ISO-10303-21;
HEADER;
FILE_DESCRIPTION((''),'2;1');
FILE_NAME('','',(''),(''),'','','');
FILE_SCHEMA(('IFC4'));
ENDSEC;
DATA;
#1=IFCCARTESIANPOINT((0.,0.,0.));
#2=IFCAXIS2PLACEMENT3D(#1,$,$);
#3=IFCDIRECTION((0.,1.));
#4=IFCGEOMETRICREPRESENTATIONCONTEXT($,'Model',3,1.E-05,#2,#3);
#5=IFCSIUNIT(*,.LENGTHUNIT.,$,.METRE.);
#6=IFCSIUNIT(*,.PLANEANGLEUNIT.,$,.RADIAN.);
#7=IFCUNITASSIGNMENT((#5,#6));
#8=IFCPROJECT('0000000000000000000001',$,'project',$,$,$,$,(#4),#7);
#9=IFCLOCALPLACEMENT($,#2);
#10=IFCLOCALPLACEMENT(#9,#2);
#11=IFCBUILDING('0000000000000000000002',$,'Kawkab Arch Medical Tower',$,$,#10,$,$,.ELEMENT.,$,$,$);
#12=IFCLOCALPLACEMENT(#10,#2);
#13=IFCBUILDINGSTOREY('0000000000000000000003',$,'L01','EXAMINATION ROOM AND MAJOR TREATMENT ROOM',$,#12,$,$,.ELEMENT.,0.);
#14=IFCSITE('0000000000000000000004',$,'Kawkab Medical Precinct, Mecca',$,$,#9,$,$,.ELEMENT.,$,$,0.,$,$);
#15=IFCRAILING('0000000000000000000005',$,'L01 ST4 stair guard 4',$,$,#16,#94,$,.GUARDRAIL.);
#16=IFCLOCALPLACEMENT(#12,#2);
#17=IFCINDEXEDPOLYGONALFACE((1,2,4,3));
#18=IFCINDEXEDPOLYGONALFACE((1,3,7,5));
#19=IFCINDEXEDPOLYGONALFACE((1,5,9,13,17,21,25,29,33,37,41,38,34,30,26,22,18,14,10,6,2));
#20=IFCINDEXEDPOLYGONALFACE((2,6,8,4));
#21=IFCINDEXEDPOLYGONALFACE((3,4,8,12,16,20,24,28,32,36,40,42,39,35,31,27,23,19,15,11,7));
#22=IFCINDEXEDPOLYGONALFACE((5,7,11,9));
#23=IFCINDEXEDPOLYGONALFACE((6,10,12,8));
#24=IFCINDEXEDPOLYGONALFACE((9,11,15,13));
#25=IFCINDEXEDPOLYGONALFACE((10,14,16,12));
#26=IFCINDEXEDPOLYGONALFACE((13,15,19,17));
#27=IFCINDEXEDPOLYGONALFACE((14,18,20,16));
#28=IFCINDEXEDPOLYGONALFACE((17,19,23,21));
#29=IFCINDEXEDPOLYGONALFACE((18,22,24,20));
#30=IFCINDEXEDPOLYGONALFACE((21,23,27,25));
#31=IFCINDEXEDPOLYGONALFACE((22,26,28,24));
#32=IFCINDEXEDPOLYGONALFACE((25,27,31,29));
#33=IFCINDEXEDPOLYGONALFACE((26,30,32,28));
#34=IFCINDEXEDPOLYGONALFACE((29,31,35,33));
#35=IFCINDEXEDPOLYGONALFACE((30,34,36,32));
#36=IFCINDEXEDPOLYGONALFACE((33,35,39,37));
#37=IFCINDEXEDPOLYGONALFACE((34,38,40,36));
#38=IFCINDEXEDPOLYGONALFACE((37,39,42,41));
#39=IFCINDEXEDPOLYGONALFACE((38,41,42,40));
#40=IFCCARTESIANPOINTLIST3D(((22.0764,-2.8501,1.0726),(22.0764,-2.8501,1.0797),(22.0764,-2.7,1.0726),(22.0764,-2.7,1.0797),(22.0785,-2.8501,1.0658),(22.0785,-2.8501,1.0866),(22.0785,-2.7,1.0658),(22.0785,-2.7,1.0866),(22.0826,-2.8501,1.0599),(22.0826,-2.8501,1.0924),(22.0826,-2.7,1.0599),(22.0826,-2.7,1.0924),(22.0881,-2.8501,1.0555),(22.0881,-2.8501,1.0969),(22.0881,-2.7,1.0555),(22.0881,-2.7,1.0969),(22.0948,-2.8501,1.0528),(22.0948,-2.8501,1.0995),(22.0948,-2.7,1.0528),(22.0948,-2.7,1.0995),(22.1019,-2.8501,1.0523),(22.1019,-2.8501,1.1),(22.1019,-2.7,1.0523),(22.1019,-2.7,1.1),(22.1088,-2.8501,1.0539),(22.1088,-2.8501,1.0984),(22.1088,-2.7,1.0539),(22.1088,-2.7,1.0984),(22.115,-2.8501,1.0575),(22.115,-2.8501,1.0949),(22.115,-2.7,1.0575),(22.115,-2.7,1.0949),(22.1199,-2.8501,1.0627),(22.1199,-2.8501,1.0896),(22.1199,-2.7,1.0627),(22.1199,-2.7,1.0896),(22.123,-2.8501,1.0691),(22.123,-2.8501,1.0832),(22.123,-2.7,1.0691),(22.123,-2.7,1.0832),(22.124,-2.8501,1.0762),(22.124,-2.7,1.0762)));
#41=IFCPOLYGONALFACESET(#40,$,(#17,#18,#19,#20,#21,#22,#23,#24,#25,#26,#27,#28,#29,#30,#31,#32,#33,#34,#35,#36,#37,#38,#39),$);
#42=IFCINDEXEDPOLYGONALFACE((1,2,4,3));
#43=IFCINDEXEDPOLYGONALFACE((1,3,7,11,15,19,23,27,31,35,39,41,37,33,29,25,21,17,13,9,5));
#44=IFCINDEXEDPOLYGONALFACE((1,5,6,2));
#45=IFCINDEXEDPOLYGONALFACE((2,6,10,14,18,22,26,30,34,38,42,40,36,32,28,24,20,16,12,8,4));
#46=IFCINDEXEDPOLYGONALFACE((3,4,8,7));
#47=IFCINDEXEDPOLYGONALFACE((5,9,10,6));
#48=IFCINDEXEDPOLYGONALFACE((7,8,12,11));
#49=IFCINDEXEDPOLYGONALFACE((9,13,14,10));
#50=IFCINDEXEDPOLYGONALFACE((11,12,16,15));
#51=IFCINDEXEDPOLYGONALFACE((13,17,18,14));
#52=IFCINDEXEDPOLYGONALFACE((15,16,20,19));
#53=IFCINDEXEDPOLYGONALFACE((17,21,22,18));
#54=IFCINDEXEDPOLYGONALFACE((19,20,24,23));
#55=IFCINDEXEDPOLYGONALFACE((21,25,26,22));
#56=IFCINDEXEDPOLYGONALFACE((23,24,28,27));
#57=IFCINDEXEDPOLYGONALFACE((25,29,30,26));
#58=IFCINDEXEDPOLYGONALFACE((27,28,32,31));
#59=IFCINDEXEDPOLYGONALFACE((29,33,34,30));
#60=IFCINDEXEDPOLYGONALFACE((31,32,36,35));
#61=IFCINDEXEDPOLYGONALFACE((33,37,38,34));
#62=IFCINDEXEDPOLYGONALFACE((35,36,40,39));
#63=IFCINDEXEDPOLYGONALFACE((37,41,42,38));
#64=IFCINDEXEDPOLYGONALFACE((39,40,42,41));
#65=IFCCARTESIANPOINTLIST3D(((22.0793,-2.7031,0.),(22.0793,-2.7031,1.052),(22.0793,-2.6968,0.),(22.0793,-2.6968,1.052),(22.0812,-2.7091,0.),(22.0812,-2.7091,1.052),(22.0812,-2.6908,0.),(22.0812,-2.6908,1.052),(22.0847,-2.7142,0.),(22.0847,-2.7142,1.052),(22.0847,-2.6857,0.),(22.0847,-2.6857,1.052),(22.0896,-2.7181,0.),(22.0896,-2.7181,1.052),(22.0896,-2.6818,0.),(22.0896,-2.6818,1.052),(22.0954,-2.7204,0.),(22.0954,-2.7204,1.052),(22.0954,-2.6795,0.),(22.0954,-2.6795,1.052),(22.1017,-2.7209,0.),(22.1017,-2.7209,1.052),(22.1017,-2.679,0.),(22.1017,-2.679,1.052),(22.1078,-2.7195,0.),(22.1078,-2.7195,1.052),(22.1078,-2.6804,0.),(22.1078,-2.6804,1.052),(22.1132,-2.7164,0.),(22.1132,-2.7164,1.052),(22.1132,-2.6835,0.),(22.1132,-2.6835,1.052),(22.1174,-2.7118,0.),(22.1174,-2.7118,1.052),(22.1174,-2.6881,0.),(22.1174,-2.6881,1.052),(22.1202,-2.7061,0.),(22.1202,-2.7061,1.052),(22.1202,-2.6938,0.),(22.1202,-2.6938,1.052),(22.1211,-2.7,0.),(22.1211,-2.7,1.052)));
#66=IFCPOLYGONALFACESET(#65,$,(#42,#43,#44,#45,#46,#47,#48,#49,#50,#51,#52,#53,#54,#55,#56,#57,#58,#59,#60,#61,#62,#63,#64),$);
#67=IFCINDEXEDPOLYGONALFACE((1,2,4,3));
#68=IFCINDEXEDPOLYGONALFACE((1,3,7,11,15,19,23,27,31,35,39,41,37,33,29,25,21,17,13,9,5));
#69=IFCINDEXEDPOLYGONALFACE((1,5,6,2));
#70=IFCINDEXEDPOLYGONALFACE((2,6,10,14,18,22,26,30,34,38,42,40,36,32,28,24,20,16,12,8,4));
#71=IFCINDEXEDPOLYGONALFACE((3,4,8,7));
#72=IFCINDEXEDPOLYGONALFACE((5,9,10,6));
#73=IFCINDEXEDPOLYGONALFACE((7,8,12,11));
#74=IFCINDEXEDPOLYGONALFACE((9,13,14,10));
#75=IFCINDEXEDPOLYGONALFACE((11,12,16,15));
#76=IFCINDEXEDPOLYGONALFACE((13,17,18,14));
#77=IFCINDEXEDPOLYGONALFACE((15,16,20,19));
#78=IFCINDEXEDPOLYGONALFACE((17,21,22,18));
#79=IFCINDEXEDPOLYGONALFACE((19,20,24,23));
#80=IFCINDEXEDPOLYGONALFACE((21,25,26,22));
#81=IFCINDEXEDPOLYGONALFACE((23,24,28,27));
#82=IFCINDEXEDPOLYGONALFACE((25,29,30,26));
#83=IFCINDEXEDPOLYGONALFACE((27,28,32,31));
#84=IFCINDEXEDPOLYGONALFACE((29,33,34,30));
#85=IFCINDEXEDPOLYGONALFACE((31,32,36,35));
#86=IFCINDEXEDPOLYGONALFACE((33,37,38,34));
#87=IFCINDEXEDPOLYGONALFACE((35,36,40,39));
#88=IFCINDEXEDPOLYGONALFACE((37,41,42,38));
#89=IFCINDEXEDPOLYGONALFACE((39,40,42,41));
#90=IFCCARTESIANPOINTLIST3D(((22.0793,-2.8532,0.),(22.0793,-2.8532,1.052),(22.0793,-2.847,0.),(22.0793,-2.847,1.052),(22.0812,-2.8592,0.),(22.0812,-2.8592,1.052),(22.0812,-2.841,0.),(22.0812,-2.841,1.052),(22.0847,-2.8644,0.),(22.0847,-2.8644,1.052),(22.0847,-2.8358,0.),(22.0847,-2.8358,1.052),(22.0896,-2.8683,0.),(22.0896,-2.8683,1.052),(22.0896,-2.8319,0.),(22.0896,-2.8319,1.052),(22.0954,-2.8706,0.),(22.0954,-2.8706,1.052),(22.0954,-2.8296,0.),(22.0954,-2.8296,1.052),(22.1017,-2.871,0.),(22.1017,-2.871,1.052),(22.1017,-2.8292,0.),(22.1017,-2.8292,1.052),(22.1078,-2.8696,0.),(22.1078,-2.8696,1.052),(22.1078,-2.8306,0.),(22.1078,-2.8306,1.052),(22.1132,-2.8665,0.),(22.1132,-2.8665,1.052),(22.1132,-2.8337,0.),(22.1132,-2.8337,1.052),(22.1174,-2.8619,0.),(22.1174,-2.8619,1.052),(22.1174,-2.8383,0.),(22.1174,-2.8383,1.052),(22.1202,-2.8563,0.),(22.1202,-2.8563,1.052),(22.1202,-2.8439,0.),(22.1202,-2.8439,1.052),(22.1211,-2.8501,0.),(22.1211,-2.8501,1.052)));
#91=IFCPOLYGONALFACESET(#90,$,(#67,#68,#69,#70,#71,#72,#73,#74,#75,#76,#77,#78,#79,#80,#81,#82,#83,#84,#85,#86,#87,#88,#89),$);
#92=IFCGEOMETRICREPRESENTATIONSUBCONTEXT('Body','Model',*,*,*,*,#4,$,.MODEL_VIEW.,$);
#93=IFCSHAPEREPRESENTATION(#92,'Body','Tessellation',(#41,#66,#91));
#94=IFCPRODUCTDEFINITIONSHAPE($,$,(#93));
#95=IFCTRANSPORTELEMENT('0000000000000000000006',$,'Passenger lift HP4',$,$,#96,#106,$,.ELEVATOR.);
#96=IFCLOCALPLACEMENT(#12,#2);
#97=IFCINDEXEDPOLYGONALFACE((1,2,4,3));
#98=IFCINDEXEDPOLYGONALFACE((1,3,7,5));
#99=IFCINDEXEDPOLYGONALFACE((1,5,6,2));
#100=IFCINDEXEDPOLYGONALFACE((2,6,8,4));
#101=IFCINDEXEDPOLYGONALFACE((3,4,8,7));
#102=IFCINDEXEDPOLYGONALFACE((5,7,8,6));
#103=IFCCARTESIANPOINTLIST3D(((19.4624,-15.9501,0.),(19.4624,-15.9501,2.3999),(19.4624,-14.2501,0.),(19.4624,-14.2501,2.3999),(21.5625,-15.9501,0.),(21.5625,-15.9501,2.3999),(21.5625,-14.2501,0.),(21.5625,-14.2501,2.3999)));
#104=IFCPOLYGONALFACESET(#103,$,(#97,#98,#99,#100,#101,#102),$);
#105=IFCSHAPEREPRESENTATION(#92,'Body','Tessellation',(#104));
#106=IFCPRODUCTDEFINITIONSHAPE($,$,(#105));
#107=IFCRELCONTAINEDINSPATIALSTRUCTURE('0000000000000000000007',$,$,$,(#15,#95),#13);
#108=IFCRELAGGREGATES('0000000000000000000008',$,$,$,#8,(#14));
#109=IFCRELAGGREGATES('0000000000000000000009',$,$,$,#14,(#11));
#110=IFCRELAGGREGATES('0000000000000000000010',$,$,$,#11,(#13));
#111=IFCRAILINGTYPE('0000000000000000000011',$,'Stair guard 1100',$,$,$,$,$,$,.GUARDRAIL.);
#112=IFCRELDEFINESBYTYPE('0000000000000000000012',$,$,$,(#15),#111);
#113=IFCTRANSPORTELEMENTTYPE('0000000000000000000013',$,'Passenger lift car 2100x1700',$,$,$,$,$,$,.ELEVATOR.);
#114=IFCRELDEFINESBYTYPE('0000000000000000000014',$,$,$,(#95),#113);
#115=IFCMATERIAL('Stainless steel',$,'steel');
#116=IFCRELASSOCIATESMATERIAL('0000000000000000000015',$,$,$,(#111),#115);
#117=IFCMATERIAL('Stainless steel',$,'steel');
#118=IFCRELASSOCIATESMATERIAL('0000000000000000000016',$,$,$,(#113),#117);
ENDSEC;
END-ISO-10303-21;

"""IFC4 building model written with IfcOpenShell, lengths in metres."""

from ifc_helpers import new_model, si_unit, direction, frame, origin, origin_2d, place, context, subcontext, project, spatial, rectangle, circle, extrude, material, type_object, element, save


model = new_model("IFC4")

# Units and contexts
model_context = context("Model", 3, precision=1e-05, world=origin(), true_north=direction((0.0, 1.0)))
body_context = subcontext(model_context, "Body", "Model", "MODEL_VIEW")
ifc_project = project(units=[si_unit("LENGTHUNIT", "METRE"), si_unit("PLANEANGLEUNIT", "RADIAN")], contexts=[model_context])

# Site, building, storey
site_placement = place(None, origin())
site = spatial("IfcSite", under=ifc_project, at=site_placement, Name="Kawkab Medical Precinct, Mecca", CompositionType="ELEMENT", RefElevation=0.0)
building_placement = place(site_placement, origin())
building = spatial("IfcBuilding", under=site, at=building_placement, Name="Kawkab Arch Medical Tower", CompositionType="ELEMENT")
storey_placement = place(building_placement, origin())
storey = spatial("IfcBuildingStorey", under=building, at=storey_placement, Name="L01", Description="EXAMINATION ROOM AND MAJOR TREATMENT ROOM", CompositionType="ELEMENT", Elevation=0.0)

# Railing
ifc_material_1 = material(Name="Stainless steel", Category="steel")
railing_type = type_object("IfcRailingType", Name="Stair guard 1100", PredefinedType="GUARDRAIL", material=ifc_material_1)
railing_1_placement = place(storey_placement, frame((22.1001, -2.7, 0.0)))
element("IfcRailing", 1, at=railing_1_placement, inside=storey, type_object=railing_type, Name="L01 ST4 stair guard 4", PredefinedType="GUARDRAIL", context=body_context, shape_type="SweptSolid", body=[
    extrude(circle(Radius=0.0239, at=origin_2d()), frame((0.0, 0.0, 1.0762), z_axis=(0.0, -1.0, 0.0), x_axis=(1.0, 0.0, 0.0)), (0.0, 0.0, 1.0), 0.1501),
    extrude(circle(Radius=0.021, at=origin_2d()), origin(), (0.0, 0.0, 1.0), 1.052),
    extrude(circle(Radius=0.021, at=origin_2d()), frame((0.0, -0.1501, 0.0)), (0.0, 0.0, 1.0), 1.052),
])

# Transport element
ifc_material_2 = material(Name="Stainless steel", Category="steel")
transport_element_type = type_object("IfcTransportElementType", Name="Passenger lift car 2100x1700", PredefinedType="ELEVATOR", material=ifc_material_2)
transport_element_placement = place(storey_placement, frame((20.5125, -15.1001, 0.0), z_axis=(0.0, 0.0, 1.0), x_axis=(1.0, 0.0, 0.0)))
element("IfcTransportElement", 2, at=transport_element_placement, inside=storey, type_object=transport_element_type, Name="Passenger lift HP4", PredefinedType="ELEVATOR", context=body_context, shape_type="SweptSolid", body=[
    extrude(rectangle(XDim=2.1001, YDim=1.7, at=origin_2d()), origin(), (0.0, 0.0, 1.0), 2.3999),
])

save(model, "model.ifc")
